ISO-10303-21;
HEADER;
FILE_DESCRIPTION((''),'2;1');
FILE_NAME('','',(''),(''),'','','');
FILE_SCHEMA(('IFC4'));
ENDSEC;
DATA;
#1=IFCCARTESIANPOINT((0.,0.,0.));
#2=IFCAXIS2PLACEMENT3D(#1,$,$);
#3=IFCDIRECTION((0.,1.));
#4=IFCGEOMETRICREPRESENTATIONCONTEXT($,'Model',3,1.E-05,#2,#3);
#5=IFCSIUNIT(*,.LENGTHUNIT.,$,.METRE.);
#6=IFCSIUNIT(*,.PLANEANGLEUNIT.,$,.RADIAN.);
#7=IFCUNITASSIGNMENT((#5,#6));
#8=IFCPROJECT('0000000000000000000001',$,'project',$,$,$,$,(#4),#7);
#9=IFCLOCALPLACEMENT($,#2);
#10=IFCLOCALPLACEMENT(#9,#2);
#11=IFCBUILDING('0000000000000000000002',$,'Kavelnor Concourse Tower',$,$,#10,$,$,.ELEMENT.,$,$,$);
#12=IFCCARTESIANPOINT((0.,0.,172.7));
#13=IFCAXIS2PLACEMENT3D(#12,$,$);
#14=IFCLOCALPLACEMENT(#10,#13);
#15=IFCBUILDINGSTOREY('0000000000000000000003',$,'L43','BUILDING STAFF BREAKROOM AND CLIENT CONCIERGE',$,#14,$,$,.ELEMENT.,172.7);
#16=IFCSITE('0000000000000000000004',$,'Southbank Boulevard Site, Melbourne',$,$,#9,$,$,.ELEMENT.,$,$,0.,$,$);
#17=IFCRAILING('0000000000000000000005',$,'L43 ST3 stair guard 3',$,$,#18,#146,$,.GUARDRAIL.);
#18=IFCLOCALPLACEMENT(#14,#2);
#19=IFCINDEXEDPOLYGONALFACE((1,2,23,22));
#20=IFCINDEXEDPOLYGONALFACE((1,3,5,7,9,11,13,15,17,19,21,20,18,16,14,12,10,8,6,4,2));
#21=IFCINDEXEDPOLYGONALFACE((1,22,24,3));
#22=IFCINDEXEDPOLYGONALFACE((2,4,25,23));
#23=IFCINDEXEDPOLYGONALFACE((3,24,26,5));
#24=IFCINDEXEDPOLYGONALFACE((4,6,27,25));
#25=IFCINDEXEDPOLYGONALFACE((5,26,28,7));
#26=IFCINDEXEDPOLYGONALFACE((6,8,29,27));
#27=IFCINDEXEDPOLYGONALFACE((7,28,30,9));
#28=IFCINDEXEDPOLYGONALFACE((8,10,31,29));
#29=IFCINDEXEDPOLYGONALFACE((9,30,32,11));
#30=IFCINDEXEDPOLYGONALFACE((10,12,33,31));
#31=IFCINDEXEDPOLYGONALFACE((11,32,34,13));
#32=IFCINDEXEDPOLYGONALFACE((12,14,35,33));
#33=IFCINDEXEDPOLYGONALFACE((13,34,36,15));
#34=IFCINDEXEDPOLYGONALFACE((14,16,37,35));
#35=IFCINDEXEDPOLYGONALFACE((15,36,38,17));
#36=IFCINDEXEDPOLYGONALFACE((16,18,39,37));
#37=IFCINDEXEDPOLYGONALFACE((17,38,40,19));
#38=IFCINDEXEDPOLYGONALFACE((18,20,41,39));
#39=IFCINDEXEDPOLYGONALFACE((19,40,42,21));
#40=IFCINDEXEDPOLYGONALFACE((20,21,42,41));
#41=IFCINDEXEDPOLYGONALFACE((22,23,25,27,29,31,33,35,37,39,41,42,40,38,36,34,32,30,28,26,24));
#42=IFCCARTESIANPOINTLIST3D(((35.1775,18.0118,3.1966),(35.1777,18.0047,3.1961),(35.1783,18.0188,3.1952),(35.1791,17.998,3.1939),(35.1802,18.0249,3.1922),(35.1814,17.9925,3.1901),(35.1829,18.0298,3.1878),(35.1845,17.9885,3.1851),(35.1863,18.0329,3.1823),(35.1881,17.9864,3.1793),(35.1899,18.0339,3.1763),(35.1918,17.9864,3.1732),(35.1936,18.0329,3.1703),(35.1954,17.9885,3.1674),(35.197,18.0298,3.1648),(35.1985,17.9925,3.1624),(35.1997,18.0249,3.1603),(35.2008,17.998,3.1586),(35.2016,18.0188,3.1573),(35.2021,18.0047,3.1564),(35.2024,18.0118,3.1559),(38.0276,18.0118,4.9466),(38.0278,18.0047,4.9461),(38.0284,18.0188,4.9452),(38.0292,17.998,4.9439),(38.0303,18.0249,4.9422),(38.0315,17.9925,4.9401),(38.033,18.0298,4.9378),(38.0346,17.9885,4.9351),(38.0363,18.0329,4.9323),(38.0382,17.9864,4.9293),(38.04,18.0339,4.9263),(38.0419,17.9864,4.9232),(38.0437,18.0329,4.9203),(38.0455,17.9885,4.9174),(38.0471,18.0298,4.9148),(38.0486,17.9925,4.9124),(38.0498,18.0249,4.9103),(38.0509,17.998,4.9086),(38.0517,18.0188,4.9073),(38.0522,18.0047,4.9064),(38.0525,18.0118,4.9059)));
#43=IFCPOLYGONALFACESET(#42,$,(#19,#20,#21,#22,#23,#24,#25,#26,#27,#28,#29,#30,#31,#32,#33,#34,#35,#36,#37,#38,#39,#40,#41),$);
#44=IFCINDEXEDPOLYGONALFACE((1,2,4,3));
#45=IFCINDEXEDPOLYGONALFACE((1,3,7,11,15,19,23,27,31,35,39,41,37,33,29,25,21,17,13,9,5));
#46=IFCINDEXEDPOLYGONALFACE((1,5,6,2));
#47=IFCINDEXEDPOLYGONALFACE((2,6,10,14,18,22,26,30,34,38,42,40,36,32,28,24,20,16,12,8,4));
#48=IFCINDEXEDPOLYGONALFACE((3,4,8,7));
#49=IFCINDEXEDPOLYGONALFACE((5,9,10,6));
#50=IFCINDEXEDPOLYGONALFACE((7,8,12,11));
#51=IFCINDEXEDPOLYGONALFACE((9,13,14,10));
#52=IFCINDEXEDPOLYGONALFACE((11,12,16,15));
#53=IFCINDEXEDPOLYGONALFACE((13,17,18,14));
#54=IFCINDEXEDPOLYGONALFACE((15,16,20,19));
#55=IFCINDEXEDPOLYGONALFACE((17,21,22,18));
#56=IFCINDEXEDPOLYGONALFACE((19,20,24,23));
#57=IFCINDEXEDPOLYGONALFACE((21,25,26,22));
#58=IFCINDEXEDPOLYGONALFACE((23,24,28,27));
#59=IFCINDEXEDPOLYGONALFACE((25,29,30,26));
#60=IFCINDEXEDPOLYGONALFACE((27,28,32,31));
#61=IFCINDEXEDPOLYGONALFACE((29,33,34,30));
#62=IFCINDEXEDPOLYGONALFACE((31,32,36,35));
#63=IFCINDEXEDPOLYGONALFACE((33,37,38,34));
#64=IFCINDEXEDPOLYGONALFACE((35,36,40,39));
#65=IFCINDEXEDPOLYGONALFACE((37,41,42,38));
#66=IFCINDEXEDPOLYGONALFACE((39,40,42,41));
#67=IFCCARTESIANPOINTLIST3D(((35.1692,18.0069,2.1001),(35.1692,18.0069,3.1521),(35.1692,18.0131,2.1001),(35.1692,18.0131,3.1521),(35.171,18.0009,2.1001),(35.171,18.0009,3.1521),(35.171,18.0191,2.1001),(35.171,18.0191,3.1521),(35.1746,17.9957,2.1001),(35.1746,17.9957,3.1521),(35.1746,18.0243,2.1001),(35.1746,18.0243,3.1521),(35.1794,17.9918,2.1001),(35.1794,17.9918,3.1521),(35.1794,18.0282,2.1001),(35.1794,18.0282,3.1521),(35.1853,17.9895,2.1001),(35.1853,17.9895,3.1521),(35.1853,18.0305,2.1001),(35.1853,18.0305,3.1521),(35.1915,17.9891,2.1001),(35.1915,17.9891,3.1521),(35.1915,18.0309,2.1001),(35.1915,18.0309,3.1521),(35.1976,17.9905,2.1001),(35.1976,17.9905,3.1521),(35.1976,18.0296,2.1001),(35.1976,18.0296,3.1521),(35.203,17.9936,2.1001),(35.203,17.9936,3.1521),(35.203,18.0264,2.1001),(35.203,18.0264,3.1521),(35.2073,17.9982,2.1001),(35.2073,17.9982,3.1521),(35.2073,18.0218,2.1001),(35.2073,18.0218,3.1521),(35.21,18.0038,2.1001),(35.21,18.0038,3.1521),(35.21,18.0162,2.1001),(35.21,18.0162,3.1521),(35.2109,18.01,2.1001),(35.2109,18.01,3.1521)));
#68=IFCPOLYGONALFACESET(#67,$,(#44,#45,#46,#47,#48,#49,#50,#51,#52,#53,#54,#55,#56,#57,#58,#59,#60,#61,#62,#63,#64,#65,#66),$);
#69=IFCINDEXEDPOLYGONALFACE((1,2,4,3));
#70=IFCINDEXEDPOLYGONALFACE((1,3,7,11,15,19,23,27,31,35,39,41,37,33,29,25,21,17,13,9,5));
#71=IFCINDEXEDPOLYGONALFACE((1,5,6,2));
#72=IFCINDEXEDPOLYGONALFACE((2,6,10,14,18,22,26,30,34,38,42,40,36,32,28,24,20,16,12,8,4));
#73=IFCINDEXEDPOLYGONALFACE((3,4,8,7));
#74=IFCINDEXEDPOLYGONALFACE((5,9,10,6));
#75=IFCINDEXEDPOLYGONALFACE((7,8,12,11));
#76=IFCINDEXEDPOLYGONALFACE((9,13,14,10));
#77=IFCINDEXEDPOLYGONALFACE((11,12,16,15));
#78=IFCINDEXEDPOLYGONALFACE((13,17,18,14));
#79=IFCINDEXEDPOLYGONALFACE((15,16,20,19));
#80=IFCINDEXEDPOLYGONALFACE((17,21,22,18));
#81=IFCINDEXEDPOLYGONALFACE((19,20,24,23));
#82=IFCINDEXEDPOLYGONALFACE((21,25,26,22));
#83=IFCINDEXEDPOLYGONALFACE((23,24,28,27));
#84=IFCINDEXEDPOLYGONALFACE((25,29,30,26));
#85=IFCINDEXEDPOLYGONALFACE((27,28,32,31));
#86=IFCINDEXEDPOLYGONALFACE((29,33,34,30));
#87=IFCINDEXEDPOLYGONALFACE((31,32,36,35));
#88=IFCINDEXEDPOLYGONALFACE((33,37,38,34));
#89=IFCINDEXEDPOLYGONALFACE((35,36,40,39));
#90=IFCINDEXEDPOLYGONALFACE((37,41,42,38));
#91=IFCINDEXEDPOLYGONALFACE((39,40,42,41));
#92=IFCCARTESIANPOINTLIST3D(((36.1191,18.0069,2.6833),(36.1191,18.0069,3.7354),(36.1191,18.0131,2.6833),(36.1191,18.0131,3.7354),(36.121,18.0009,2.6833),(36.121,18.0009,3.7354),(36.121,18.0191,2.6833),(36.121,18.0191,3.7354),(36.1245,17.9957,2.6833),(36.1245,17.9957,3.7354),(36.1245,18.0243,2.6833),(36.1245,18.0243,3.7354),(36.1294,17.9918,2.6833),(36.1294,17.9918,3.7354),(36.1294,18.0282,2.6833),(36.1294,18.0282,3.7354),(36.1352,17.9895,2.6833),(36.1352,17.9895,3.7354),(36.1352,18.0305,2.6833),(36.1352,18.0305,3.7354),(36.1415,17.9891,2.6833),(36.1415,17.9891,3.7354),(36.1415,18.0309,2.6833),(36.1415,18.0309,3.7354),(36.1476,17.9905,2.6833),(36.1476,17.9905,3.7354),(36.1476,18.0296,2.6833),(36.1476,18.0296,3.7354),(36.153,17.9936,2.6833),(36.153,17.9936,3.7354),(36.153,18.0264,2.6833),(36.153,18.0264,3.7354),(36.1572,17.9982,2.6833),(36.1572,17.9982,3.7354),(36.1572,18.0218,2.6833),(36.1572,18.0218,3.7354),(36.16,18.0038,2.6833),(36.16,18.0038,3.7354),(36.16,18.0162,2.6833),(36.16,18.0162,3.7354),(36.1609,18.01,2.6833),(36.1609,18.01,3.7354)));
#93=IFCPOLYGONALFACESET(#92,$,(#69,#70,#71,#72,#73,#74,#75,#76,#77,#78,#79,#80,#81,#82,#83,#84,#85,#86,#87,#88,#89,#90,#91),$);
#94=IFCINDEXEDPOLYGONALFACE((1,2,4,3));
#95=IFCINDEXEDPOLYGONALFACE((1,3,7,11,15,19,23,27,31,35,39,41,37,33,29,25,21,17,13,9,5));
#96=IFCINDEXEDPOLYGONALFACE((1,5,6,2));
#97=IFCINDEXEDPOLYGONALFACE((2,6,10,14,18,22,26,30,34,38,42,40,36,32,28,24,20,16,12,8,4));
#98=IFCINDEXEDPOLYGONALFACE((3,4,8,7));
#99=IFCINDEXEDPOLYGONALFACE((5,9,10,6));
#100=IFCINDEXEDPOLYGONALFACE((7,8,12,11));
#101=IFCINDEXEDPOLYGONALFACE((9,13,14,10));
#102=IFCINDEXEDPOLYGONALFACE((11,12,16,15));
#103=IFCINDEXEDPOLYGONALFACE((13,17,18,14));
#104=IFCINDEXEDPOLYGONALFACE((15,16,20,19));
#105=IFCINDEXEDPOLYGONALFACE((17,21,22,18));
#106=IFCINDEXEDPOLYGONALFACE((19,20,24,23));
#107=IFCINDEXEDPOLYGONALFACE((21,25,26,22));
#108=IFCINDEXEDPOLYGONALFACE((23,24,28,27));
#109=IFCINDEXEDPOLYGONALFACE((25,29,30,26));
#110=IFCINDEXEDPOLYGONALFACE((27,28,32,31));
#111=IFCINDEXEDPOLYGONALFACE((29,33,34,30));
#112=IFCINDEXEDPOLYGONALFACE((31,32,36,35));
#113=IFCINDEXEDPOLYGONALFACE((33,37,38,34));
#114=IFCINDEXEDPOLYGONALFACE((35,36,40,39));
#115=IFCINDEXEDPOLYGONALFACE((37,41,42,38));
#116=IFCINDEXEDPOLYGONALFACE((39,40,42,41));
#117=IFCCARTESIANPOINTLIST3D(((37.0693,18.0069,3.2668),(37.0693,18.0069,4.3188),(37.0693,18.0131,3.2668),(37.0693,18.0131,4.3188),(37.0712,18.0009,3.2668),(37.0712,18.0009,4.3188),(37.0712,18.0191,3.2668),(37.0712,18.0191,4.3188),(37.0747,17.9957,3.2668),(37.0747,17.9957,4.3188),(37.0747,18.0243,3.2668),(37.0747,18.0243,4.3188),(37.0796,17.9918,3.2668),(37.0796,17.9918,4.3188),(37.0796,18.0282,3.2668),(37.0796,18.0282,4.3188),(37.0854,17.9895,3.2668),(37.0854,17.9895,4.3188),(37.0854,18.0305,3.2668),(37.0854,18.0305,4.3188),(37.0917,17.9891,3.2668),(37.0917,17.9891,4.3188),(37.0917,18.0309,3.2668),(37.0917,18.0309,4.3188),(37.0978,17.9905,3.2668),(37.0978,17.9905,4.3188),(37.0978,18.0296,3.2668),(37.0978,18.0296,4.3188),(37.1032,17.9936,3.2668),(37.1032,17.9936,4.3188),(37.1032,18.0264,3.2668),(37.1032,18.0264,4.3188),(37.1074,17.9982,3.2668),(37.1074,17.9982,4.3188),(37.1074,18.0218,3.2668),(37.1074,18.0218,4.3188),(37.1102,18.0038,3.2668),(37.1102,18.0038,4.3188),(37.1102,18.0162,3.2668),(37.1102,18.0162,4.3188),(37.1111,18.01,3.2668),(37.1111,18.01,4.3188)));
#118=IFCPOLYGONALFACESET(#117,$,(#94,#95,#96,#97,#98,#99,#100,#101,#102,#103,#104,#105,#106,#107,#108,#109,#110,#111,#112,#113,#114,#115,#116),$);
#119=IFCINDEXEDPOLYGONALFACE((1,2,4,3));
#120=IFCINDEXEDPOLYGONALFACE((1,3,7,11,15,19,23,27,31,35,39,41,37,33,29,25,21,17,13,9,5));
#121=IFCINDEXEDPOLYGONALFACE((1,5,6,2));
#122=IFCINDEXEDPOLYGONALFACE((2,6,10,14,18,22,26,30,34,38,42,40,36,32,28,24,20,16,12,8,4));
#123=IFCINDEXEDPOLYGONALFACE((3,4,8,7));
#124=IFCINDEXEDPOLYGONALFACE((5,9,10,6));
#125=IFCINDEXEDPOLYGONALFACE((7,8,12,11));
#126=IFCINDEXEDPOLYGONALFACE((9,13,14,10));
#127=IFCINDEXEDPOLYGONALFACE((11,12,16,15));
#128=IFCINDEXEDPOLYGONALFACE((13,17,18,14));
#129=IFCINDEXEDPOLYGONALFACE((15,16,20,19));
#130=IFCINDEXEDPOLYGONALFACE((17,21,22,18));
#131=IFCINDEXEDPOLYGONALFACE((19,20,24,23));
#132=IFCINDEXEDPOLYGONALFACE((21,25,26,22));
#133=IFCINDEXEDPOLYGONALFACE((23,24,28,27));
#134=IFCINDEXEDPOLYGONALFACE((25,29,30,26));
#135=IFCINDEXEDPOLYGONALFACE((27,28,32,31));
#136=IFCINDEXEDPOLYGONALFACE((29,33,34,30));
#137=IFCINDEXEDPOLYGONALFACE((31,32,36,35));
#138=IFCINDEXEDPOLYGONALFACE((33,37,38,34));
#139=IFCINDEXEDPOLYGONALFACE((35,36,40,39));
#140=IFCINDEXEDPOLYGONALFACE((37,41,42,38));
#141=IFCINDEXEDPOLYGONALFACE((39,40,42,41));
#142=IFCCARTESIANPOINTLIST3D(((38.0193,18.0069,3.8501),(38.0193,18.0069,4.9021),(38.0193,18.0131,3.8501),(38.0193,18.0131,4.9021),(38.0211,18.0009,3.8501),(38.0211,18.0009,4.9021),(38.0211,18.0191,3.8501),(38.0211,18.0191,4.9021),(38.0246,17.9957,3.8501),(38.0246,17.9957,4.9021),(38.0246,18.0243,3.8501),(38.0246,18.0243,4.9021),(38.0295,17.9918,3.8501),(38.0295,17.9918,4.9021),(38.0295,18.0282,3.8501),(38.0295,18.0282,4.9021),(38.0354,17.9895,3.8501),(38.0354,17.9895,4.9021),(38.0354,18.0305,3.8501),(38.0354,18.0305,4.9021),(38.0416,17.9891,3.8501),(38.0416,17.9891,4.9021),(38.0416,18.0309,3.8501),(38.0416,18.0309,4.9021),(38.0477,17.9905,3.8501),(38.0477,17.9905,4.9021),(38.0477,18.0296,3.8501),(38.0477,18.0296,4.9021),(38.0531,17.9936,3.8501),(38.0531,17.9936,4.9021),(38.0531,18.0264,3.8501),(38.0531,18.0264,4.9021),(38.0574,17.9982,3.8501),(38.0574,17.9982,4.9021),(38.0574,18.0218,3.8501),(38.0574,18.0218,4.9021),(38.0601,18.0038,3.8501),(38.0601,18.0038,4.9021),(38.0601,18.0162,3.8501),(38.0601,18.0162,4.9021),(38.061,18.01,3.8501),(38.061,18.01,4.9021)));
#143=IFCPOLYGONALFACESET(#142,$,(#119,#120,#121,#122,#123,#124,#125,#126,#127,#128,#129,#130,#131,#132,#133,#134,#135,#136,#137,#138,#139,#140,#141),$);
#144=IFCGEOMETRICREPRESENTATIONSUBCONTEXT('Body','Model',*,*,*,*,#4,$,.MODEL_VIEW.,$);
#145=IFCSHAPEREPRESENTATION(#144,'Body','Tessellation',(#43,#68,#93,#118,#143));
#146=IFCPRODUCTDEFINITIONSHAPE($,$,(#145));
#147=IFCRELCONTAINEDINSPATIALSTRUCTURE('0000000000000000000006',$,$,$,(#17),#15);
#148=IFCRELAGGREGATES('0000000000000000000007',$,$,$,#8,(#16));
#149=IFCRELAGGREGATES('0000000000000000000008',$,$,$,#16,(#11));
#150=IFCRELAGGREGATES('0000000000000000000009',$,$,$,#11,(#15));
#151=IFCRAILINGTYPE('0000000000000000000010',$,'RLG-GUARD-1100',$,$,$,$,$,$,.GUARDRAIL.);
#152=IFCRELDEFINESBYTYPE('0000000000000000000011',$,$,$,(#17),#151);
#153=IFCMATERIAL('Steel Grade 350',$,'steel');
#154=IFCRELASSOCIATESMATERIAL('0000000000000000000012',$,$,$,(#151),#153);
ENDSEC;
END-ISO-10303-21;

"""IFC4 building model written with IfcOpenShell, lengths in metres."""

from ifc_helpers import new_model, si_unit, direction, frame, origin, origin_2d, place, context, subcontext, project, spatial, circle, extrude, material, type_object, element, save


model = new_model("IFC4")

# Units and contexts
model_context = context("Model", 3, precision=1e-05, world=origin(), true_north=direction((0.0, 1.0)))
body_context = subcontext(model_context, "Body", "Model", "MODEL_VIEW")
ifc_project = project(units=[si_unit("LENGTHUNIT", "METRE"), si_unit("PLANEANGLEUNIT", "RADIAN")], contexts=[model_context])

# Site, building, storey
site_placement = place(None, origin())
site = spatial("IfcSite", under=ifc_project, at=site_placement, Name="Southbank Boulevard Site, Melbourne", CompositionType="ELEMENT", RefElevation=0.0)
building_placement = place(site_placement, origin())
building = spatial("IfcBuilding", under=site, at=building_placement, Name="Kavelnor Concourse Tower", CompositionType="ELEMENT")
storey_placement = place(building_placement, frame((0.0, 0.0, 172.7)))
storey = spatial("IfcBuildingStorey", under=building, at=storey_placement, Name="L43", Description="BUILDING STAFF BREAKROOM AND CLIENT CONCIERGE", CompositionType="ELEMENT", Elevation=172.7)

# Shared definitions
ifc_material_1 = material(Name="Steel Grade 350", Category="steel")

# Railing
railing_type = type_object("IfcRailingType", Name="RLG-GUARD-1100", PredefinedType="GUARDRAIL", material=ifc_material_1)
railing_1_placement = place(storey_placement, frame((35.1899, 18.01, 2.1001)))
element("IfcRailing", 1, at=railing_1_placement, inside=storey, type_object=railing_type, Name="L43 ST3 stair guard 3", PredefinedType="GUARDRAIL", context=body_context, shape_type="SweptSolid", body=[
    extrude(circle(Radius=0.0239, at=origin_2d()), frame((0.0, 0.0, 1.0762), z_axis=(0.852179, 0.0, 0.52325), x_axis=(0.0, 1.0, 0.0)), (0.0, 0.0, 1.0), 3.3445),
    extrude(circle(Radius=0.021, at=origin_2d()), origin(), (0.0, 0.0, 1.0), 1.052),
    extrude(circle(Radius=0.021, at=origin_2d()), frame((0.95, 0.0, 0.5833)), (0.0, 0.0, 1.0), 1.052),
    extrude(circle(Radius=0.021, at=origin_2d()), frame((1.9001, 0.0, 1.1667)), (0.0, 0.0, 1.0), 1.052),
    extrude(circle(Radius=0.021, at=origin_2d()), frame((2.8501, 0.0, 1.75)), (0.0, 0.0, 1.0), 1.052),
])

save(model, "model.ifc")
